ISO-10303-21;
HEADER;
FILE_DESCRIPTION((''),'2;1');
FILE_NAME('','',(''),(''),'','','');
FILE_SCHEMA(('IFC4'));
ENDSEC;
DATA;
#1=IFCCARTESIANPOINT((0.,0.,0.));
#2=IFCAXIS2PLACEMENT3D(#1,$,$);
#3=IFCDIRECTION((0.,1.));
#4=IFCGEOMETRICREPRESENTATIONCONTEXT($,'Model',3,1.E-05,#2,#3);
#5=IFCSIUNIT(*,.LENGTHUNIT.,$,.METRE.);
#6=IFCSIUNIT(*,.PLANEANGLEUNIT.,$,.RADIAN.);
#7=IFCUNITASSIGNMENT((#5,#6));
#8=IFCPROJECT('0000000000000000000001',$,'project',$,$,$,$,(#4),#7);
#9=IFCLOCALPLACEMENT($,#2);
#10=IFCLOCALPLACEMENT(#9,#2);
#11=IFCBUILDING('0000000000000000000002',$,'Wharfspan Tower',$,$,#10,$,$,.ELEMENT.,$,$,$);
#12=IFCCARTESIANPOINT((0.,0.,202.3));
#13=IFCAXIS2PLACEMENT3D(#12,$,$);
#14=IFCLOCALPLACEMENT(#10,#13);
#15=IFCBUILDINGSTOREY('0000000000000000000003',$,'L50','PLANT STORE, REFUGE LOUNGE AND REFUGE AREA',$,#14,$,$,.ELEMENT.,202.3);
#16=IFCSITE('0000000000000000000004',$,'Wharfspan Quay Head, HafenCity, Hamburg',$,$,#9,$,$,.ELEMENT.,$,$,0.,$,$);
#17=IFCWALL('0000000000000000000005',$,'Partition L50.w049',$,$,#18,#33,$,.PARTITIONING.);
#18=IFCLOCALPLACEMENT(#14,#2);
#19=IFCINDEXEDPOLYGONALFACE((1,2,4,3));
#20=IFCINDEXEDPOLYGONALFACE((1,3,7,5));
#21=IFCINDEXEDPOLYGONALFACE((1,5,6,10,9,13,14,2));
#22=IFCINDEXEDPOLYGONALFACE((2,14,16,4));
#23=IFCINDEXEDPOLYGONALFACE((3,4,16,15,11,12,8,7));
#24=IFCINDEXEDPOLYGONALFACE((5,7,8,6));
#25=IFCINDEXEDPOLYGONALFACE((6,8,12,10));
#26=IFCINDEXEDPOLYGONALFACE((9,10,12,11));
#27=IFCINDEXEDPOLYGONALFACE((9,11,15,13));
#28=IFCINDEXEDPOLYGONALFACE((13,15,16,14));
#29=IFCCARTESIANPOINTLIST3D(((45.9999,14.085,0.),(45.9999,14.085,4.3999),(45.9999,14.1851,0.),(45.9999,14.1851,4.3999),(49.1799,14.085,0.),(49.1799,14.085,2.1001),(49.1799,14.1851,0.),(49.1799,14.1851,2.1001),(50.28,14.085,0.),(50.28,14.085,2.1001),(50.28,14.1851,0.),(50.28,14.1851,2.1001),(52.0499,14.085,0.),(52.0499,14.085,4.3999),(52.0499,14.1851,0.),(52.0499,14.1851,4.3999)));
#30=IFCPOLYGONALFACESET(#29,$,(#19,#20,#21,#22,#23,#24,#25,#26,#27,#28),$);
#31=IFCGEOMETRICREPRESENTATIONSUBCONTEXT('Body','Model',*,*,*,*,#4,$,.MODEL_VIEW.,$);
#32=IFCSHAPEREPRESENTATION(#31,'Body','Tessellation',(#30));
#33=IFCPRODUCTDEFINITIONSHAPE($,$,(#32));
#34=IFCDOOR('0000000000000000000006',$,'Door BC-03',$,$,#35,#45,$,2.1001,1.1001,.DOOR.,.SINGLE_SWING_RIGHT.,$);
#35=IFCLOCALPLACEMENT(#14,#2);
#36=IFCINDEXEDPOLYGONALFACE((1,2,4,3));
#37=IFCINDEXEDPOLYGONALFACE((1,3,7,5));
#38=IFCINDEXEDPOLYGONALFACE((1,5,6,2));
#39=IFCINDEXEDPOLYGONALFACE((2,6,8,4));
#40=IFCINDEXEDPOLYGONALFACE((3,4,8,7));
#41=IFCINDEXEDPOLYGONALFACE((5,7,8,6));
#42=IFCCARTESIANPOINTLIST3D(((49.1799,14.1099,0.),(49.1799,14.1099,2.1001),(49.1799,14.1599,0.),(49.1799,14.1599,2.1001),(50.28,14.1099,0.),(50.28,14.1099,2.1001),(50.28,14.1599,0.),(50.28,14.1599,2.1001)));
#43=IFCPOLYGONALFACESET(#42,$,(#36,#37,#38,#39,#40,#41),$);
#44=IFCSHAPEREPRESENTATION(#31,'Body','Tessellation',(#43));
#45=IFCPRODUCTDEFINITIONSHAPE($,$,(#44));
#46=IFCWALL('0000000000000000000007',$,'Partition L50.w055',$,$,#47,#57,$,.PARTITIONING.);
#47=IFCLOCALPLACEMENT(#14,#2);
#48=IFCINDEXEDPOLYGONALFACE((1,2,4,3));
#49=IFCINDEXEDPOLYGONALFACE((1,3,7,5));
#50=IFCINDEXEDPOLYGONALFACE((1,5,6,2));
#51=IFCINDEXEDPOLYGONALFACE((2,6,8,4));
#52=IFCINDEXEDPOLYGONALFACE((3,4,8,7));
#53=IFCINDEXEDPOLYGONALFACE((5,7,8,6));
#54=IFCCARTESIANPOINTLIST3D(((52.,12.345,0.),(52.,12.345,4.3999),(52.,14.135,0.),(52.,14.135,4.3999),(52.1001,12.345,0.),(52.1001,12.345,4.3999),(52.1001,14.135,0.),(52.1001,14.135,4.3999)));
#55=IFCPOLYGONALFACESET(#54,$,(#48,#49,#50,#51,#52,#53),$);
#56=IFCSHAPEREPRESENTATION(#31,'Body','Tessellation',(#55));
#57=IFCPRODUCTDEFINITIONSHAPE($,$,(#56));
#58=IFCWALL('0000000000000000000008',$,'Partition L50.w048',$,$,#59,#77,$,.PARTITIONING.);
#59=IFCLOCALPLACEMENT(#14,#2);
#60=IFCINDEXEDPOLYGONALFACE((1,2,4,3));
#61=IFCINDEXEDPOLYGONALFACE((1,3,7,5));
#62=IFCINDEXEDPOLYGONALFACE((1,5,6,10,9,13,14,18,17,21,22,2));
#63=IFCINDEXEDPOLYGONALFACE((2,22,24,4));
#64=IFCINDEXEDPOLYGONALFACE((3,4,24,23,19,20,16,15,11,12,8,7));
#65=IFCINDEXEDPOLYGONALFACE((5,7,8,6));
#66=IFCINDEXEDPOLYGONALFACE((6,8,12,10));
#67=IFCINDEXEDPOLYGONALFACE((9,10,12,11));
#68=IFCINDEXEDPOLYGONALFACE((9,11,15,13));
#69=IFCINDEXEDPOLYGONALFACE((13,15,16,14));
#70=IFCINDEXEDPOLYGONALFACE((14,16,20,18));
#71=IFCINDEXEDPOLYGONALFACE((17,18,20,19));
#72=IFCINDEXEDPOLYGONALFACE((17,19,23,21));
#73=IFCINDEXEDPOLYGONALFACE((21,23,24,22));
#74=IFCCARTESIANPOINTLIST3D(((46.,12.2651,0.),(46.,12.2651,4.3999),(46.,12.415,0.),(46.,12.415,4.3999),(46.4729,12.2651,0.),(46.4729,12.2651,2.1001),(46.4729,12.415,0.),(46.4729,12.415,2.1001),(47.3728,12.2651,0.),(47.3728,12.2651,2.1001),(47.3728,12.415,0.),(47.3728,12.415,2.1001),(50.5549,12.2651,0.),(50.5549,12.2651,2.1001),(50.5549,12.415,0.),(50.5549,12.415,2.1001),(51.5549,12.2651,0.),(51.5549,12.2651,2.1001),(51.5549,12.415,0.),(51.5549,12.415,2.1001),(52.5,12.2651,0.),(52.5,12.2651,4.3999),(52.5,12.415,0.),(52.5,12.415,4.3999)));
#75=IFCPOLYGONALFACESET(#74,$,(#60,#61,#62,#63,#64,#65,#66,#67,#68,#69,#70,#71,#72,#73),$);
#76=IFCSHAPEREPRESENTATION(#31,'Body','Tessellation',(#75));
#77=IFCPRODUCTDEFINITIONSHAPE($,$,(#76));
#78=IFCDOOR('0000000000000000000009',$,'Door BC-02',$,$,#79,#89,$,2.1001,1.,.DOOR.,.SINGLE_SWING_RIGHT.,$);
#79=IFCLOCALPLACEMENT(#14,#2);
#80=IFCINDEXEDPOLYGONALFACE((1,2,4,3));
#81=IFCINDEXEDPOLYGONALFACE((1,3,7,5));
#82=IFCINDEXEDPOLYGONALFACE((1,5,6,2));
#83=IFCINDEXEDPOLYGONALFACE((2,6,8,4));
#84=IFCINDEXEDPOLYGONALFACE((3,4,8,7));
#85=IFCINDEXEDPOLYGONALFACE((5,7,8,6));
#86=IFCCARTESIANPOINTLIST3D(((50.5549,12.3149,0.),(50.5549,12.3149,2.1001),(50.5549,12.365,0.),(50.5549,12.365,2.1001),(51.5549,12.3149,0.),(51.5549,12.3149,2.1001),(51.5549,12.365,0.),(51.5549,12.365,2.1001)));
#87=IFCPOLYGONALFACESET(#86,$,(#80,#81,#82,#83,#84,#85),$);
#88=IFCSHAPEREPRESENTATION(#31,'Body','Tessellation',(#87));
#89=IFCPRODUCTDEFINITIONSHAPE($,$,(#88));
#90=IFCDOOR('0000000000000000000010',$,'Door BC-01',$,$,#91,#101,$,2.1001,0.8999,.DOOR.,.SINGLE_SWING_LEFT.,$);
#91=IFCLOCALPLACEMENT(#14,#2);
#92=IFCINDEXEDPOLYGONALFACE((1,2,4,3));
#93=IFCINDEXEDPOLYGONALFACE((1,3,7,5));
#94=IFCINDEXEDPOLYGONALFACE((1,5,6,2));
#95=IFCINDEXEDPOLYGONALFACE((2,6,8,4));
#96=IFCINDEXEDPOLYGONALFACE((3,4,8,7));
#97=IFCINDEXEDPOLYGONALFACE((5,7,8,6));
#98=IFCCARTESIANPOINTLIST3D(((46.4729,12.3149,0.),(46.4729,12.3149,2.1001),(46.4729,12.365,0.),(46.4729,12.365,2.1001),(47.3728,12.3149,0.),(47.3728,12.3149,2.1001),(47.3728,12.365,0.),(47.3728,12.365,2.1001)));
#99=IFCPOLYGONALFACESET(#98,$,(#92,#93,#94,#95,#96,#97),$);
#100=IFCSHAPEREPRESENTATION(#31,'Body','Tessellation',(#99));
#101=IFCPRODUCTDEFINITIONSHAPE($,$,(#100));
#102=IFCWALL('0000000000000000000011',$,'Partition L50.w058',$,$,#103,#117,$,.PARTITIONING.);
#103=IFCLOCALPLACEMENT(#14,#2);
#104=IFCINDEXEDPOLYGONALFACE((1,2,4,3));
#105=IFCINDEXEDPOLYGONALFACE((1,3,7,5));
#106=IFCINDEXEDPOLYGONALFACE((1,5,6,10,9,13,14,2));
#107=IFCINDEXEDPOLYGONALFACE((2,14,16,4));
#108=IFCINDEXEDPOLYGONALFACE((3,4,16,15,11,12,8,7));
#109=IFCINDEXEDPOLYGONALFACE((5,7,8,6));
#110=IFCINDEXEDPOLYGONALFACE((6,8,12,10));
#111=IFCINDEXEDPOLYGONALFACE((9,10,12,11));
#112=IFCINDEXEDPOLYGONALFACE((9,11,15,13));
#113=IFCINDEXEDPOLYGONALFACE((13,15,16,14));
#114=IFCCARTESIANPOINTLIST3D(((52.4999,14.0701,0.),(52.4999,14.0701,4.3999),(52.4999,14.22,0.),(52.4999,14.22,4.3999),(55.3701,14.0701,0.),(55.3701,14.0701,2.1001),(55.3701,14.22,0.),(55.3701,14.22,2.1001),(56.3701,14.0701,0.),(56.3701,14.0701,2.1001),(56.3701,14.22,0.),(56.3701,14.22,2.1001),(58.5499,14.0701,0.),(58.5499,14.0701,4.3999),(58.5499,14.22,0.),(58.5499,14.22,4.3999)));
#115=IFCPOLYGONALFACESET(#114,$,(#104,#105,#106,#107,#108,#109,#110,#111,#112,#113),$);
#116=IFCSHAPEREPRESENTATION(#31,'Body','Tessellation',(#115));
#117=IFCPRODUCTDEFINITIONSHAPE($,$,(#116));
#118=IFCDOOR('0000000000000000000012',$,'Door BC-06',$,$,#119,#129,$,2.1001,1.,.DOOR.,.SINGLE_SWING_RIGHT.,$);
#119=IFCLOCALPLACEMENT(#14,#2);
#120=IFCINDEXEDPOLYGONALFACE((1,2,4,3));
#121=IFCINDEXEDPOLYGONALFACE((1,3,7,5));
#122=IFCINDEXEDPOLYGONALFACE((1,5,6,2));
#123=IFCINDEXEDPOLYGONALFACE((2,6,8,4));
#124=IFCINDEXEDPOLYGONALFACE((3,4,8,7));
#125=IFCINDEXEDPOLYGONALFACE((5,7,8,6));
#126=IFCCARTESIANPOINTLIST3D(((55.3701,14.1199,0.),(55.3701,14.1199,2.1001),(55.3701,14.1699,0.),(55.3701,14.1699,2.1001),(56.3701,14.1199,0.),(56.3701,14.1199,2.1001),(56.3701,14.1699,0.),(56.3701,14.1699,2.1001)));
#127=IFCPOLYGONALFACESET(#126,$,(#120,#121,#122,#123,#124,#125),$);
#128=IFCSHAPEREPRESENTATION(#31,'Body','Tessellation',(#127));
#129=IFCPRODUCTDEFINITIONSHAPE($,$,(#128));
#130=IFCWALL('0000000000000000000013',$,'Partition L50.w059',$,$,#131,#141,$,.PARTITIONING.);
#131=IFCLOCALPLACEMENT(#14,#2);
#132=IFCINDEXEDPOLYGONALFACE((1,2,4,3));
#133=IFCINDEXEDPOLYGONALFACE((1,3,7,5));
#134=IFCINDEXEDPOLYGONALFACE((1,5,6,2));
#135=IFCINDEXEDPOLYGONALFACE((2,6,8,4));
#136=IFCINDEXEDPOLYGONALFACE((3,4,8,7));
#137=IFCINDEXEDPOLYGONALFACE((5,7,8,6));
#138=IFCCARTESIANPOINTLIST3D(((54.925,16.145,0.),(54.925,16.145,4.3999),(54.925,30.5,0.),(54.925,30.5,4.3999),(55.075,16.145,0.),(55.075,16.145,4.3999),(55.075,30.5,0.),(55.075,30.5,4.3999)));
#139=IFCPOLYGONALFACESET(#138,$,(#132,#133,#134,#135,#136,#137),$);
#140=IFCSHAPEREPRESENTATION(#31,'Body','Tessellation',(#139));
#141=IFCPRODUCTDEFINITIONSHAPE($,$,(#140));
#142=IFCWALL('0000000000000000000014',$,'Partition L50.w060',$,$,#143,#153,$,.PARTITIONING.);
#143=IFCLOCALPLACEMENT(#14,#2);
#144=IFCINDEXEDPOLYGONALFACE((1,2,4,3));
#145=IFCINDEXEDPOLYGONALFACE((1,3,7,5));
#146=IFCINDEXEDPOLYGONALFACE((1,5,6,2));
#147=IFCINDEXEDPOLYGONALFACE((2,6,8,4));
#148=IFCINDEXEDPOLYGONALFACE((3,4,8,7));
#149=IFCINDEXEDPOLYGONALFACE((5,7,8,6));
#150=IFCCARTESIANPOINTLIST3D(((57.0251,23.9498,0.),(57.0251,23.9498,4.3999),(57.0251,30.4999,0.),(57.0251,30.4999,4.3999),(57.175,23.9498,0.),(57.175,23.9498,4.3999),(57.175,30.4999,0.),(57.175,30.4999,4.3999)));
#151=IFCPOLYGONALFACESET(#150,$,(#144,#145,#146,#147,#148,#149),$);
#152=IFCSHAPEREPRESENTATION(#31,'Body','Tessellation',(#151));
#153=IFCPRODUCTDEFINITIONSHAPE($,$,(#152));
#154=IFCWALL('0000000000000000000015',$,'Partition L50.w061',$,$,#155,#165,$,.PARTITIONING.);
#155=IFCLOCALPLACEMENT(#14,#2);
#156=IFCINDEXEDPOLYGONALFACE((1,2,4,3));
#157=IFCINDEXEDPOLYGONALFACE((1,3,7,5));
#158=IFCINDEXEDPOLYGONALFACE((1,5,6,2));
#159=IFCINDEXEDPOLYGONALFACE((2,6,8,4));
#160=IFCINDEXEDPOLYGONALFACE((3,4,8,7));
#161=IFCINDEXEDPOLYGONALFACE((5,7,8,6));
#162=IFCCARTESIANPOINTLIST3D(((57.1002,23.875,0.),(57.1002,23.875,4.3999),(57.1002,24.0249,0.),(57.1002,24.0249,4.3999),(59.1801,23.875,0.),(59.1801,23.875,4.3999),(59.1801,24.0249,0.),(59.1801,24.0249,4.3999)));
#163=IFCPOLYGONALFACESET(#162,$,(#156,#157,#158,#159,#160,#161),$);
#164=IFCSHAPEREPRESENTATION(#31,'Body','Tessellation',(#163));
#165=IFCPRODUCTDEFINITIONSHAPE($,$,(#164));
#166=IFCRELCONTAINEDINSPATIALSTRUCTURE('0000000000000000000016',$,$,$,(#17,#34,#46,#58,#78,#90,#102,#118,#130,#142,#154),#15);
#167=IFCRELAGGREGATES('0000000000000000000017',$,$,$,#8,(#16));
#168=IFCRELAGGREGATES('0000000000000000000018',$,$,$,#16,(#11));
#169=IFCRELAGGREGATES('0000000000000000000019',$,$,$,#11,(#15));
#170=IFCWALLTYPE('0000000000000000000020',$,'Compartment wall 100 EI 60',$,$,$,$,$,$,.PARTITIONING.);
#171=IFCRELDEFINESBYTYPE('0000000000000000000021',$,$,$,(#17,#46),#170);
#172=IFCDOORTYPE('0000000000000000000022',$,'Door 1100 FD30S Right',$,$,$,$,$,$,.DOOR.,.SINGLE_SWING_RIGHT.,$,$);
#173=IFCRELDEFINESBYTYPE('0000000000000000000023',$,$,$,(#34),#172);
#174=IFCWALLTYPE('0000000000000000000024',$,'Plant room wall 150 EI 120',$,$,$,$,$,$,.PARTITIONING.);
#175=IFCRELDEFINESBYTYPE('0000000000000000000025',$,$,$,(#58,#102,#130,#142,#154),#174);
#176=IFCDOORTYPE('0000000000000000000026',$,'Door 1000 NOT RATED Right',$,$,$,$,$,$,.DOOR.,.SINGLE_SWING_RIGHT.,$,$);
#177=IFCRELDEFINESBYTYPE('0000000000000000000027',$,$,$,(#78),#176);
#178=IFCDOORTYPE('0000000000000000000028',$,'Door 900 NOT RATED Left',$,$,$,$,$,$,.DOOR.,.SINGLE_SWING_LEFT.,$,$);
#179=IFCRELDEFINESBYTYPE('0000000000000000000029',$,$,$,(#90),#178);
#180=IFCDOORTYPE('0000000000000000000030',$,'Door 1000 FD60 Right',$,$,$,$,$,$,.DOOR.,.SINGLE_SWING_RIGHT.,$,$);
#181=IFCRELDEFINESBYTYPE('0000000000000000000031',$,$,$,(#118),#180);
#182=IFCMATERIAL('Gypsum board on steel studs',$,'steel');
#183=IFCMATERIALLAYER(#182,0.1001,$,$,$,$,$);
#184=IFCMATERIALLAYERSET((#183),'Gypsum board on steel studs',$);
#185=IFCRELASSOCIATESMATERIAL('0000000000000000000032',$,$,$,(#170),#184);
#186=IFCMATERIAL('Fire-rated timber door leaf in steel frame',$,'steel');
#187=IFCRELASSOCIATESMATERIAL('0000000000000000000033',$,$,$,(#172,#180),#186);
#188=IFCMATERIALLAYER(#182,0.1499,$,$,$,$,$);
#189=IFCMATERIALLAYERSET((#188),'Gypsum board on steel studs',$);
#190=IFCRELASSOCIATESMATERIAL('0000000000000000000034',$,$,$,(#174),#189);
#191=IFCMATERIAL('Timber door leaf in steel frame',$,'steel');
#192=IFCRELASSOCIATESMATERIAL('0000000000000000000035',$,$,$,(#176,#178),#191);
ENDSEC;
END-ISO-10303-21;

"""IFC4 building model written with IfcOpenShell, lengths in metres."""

from ifc_helpers import new_model, si_unit, direction, frame, frame_2d, origin, place, context, subcontext, project, spatial, rectangle, extrude, material, layer, layer_set, type_object, element, fill, save


model = new_model("IFC4")

# Units and contexts
model_context = context("Model", 3, precision=1e-05, world=origin(), true_north=direction((0.0, 1.0)))
body_context = subcontext(model_context, "Body", "Model", "MODEL_VIEW")
ifc_project = project(units=[si_unit("LENGTHUNIT", "METRE"), si_unit("PLANEANGLEUNIT", "RADIAN")], contexts=[model_context])

# Site, building, storey
site_placement = place(None, origin())
site = spatial("IfcSite", under=ifc_project, at=site_placement, Name="Wharfspan Quay Head, HafenCity, Hamburg", CompositionType="ELEMENT", RefElevation=0.0)
building_placement = place(site_placement, origin())
building = spatial("IfcBuilding", under=site, at=building_placement, Name="Wharfspan Tower", CompositionType="ELEMENT")
storey_placement = place(building_placement, frame((0.0, 0.0, 202.3)))
storey = spatial("IfcBuildingStorey", under=building, at=storey_placement, Name="L50", Description="PLANT STORE, REFUGE LOUNGE AND REFUGE AREA", CompositionType="ELEMENT", Elevation=202.3)

# Wall, opening, door
ifc_material_1 = material(Name="Gypsum board on steel studs", Category="steel")
ifc_layer_1 = layer(ifc_material_1, 0.1001)
ifc_layer_set_1 = layer_set([ifc_layer_1], Name="Gypsum board on steel studs")
wall_type_1 = type_object("IfcWallType", Name="Compartment wall 100 EI 60", PredefinedType="PARTITIONING", material=ifc_layer_set_1)
wall_1_placement = place(storey_placement, frame((46.0, 14.135, 0.0), z_axis=(0.0, 0.0, 1.0), x_axis=(1.0, 0.0, 0.0)))
wall_1 = element("IfcWall", 1, at=wall_1_placement, inside=storey, type_object=wall_type_1, Name="Partition L50.w049", PredefinedType="PARTITIONING", context=body_context, shape_type="SweptSolid", body=[
    extrude(rectangle(XDim=6.05, YDim=0.1001, at=frame_2d((3.0249, 0.0))), origin(), (0.0, 0.0, 1.0), 4.3999),
])
opening_1_placement = place(wall_1_placement, frame((3.1799, 0.0, 0.0)))
opening_1 = element("IfcOpeningElement", 2, at=opening_1_placement, cuts=wall_1, PredefinedType="OPENING", context=body_context, shape_type="SweptSolid", body=[
    extrude(rectangle(XDim=1.1001, YDim=2.1001, at=frame_2d((0.55, 1.05))), frame((0.0, 0.0601, 0.0), z_axis=(0.0, -1.0, 0.0), x_axis=(1.0, 0.0, 0.0)), (0.0, 0.0, 1.0), 0.1201),
])
ifc_material_2 = material(Name="Fire-rated timber door leaf in steel frame", Category="steel")
door_type_1 = type_object("IfcDoorType", Name="Door 1100 FD30S Right", OperationType="SINGLE_SWING_RIGHT", PredefinedType="DOOR", material=ifc_material_2)
door_1_placement = place(opening_1_placement, origin())
door_1 = element("IfcDoor", 3, at=door_1_placement, inside=storey, type_object=door_type_1, Name="Door BC-03", OperationType="SINGLE_SWING_RIGHT", OverallHeight=2.1001, OverallWidth=1.1001, PredefinedType="DOOR", context=body_context, shape_type="SweptSolid", body=[
    extrude(rectangle(XDim=1.1001, YDim=2.1001, at=frame_2d((0.55, 1.05))), frame((0.0, 0.0249, 0.0), z_axis=(0.0, -1.0, 0.0), x_axis=(1.0, 0.0, 0.0)), (0.0, 0.0, 1.0), 0.05),
])
fill(opening_1, door_1)

# Wall
wall_2_placement = place(storey_placement, frame((52.05, 12.345, 0.0), z_axis=(0.0, 0.0, 1.0), x_axis=(0.0, 1.0, 0.0)))
element("IfcWall", 4, at=wall_2_placement, inside=storey, type_object=wall_type_1, Name="Partition L50.w055", PredefinedType="PARTITIONING", context=body_context, shape_type="SweptSolid", body=[
    extrude(rectangle(XDim=1.79, YDim=0.1001, at=frame_2d((0.895, 0.0))), origin(), (0.0, 0.0, 1.0), 4.3999),
])

# Wall, openings, doors
ifc_layer_2 = layer(ifc_material_1, 0.1499)
ifc_layer_set_2 = layer_set([ifc_layer_2], Name="Gypsum board on steel studs")
wall_type_2 = type_object("IfcWallType", Name="Plant room wall 150 EI 120", PredefinedType="PARTITIONING", material=ifc_layer_set_2)
wall_3_placement = place(storey_placement, frame((46.0, 12.3401, 0.0), z_axis=(0.0, 0.0, 1.0), x_axis=(1.0, 0.0, 0.0)))
wall_3 = element("IfcWall", 5, at=wall_3_placement, inside=storey, type_object=wall_type_2, Name="Partition L50.w048", PredefinedType="PARTITIONING", context=body_context, shape_type="SweptSolid", body=[
    extrude(rectangle(XDim=6.5, YDim=0.1499, at=frame_2d((3.25, 0.0))), origin(), (0.0, 0.0, 1.0), 4.3999),
])
opening_2_placement = place(wall_3_placement, frame((0.4729, 0.0, 0.0)))
opening_2 = element("IfcOpeningElement", 6, at=opening_2_placement, cuts=wall_3, PredefinedType="OPENING", context=body_context, shape_type="SweptSolid", body=[
    extrude(rectangle(XDim=0.8999, YDim=2.1001, at=frame_2d((0.45, 1.05))), frame((0.0, 0.085, 0.0), z_axis=(0.0, -1.0, 0.0), x_axis=(1.0, 0.0, 0.0)), (0.0, 0.0, 1.0), 0.1699),
])
opening_3_placement = place(wall_3_placement, frame((4.5549, 0.0, 0.0)))
opening_3 = element("IfcOpeningElement", 7, at=opening_3_placement, cuts=wall_3, PredefinedType="OPENING", context=body_context, shape_type="SweptSolid", body=[
    extrude(rectangle(XDim=1.0, YDim=2.1001, at=frame_2d((0.5, 1.05))), frame((0.0, 0.085, 0.0), z_axis=(0.0, -1.0, 0.0), x_axis=(1.0, 0.0, 0.0)), (0.0, 0.0, 1.0), 0.1699),
])
ifc_material_3 = material(Name="Timber door leaf in steel frame", Category="steel")
door_type_2 = type_object("IfcDoorType", Name="Door 1000 NOT RATED Right", OperationType="SINGLE_SWING_RIGHT", PredefinedType="DOOR", material=ifc_material_3)
door_2_placement = place(opening_3_placement, origin())
door_2 = element("IfcDoor", 8, at=door_2_placement, inside=storey, type_object=door_type_2, Name="Door BC-02", OperationType="SINGLE_SWING_RIGHT", OverallHeight=2.1001, OverallWidth=1.0, PredefinedType="DOOR", context=body_context, shape_type="SweptSolid", body=[
    extrude(rectangle(XDim=1.0, YDim=2.1001, at=frame_2d((0.5, 1.05))), frame((0.0, 0.0249, 0.0), z_axis=(0.0, -1.0, 0.0), x_axis=(1.0, 0.0, 0.0)), (0.0, 0.0, 1.0), 0.05),
])
fill(opening_3, door_2)
door_type_3 = type_object("IfcDoorType", Name="Door 900 NOT RATED Left", OperationType="SINGLE_SWING_LEFT", PredefinedType="DOOR", material=ifc_material_3)
door_3_placement = place(opening_2_placement, origin())
door_3 = element("IfcDoor", 9, at=door_3_placement, inside=storey, type_object=door_type_3, Name="Door BC-01", OperationType="SINGLE_SWING_LEFT", OverallHeight=2.1001, OverallWidth=0.8999, PredefinedType="DOOR", context=body_context, shape_type="SweptSolid", body=[
    extrude(rectangle(XDim=0.8999, YDim=2.1001, at=frame_2d((0.45, 1.05))), frame((0.0, 0.0249, 0.0), z_axis=(0.0, -1.0, 0.0), x_axis=(1.0, 0.0, 0.0)), (0.0, 0.0, 1.0), 0.05),
])
fill(opening_2, door_3)

# Wall, opening, door
wall_4_placement = place(storey_placement, frame((52.5, 14.145, 0.0), z_axis=(0.0, 0.0, 1.0), x_axis=(1.0, 0.0, 0.0)))
wall_4 = element("IfcWall", 10, at=wall_4_placement, inside=storey, type_object=wall_type_2, Name="Partition L50.w058", PredefinedType="PARTITIONING", context=body_context, shape_type="SweptSolid", body=[
    extrude(rectangle(XDim=6.05, YDim=0.1499, at=frame_2d((3.0249, 0.0))), origin(), (0.0, 0.0, 1.0), 4.3999),
])
opening_4_placement = place(wall_4_placement, frame((2.8701, 0.0, 0.0)))
opening_4 = element("IfcOpeningElement", 11, at=opening_4_placement, cuts=wall_4, PredefinedType="OPENING", context=body_context, shape_type="SweptSolid", body=[
    extrude(rectangle(XDim=1.0, YDim=2.1001, at=frame_2d((0.5, 1.05))), frame((0.0, 0.085, 0.0), z_axis=(0.0, -1.0, 0.0), x_axis=(1.0, 0.0, 0.0)), (0.0, 0.0, 1.0), 0.1699),
])
door_type_4 = type_object("IfcDoorType", Name="Door 1000 FD60 Right", OperationType="SINGLE_SWING_RIGHT", PredefinedType="DOOR", material=ifc_material_2)
door_4_placement = place(opening_4_placement, origin())
door_4 = element("IfcDoor", 12, at=door_4_placement, inside=storey, type_object=door_type_4, Name="Door BC-06", OperationType="SINGLE_SWING_RIGHT", OverallHeight=2.1001, OverallWidth=1.0, PredefinedType="DOOR", context=body_context, shape_type="SweptSolid", body=[
    extrude(rectangle(XDim=1.0, YDim=2.1001, at=frame_2d((0.5, 1.05))), frame((0.0, 0.0249, 0.0), z_axis=(0.0, -1.0, 0.0), x_axis=(1.0, 0.0, 0.0)), (0.0, 0.0, 1.0), 0.05),
])
fill(opening_4, door_4)

# Walls
wall_5_placement = place(storey_placement, frame((55.0, 16.145, 0.0), z_axis=(0.0, 0.0, 1.0), x_axis=(0.0, 1.0, 0.0)))
element("IfcWall", 13, at=wall_5_placement, inside=storey, type_object=wall_type_2, Name="Partition L50.w059", PredefinedType="PARTITIONING", context=body_context, shape_type="SweptSolid", body=[
    extrude(rectangle(XDim=14.355, YDim=0.1499, at=frame_2d((7.1775, 0.0))), origin(), (0.0, 0.0, 1.0), 4.3999),
])
wall_6_placement = place(storey_placement, frame((57.1001, 23.95, 0.0), z_axis=(0.0, 0.0, 1.0), x_axis=(0.0, 1.0, 0.0)))
element("IfcWall", 14, at=wall_6_placement, inside=storey, type_object=wall_type_2, Name="Partition L50.w060", PredefinedType="PARTITIONING", context=body_context, shape_type="SweptSolid", body=[
    extrude(rectangle(XDim=6.55, YDim=0.1499, at=frame_2d((3.2749, 0.0))), origin(), (0.0, 0.0, 1.0), 4.3999),
])
wall_7_placement = place(storey_placement, frame((57.1001, 23.95, 0.0), z_axis=(0.0, 0.0, 1.0), x_axis=(1.0, 0.0, 0.0)))
element("IfcWall", 15, at=wall_7_placement, inside=storey, type_object=wall_type_2, Name="Partition L50.w061", PredefinedType="PARTITIONING", context=body_context, shape_type="SweptSolid", body=[
    extrude(rectangle(XDim=2.0798, YDim=0.1499, at=frame_2d((1.04, 0.0))), origin(), (0.0, 0.0, 1.0), 4.3999),
])

save(model, "model.ifc")
